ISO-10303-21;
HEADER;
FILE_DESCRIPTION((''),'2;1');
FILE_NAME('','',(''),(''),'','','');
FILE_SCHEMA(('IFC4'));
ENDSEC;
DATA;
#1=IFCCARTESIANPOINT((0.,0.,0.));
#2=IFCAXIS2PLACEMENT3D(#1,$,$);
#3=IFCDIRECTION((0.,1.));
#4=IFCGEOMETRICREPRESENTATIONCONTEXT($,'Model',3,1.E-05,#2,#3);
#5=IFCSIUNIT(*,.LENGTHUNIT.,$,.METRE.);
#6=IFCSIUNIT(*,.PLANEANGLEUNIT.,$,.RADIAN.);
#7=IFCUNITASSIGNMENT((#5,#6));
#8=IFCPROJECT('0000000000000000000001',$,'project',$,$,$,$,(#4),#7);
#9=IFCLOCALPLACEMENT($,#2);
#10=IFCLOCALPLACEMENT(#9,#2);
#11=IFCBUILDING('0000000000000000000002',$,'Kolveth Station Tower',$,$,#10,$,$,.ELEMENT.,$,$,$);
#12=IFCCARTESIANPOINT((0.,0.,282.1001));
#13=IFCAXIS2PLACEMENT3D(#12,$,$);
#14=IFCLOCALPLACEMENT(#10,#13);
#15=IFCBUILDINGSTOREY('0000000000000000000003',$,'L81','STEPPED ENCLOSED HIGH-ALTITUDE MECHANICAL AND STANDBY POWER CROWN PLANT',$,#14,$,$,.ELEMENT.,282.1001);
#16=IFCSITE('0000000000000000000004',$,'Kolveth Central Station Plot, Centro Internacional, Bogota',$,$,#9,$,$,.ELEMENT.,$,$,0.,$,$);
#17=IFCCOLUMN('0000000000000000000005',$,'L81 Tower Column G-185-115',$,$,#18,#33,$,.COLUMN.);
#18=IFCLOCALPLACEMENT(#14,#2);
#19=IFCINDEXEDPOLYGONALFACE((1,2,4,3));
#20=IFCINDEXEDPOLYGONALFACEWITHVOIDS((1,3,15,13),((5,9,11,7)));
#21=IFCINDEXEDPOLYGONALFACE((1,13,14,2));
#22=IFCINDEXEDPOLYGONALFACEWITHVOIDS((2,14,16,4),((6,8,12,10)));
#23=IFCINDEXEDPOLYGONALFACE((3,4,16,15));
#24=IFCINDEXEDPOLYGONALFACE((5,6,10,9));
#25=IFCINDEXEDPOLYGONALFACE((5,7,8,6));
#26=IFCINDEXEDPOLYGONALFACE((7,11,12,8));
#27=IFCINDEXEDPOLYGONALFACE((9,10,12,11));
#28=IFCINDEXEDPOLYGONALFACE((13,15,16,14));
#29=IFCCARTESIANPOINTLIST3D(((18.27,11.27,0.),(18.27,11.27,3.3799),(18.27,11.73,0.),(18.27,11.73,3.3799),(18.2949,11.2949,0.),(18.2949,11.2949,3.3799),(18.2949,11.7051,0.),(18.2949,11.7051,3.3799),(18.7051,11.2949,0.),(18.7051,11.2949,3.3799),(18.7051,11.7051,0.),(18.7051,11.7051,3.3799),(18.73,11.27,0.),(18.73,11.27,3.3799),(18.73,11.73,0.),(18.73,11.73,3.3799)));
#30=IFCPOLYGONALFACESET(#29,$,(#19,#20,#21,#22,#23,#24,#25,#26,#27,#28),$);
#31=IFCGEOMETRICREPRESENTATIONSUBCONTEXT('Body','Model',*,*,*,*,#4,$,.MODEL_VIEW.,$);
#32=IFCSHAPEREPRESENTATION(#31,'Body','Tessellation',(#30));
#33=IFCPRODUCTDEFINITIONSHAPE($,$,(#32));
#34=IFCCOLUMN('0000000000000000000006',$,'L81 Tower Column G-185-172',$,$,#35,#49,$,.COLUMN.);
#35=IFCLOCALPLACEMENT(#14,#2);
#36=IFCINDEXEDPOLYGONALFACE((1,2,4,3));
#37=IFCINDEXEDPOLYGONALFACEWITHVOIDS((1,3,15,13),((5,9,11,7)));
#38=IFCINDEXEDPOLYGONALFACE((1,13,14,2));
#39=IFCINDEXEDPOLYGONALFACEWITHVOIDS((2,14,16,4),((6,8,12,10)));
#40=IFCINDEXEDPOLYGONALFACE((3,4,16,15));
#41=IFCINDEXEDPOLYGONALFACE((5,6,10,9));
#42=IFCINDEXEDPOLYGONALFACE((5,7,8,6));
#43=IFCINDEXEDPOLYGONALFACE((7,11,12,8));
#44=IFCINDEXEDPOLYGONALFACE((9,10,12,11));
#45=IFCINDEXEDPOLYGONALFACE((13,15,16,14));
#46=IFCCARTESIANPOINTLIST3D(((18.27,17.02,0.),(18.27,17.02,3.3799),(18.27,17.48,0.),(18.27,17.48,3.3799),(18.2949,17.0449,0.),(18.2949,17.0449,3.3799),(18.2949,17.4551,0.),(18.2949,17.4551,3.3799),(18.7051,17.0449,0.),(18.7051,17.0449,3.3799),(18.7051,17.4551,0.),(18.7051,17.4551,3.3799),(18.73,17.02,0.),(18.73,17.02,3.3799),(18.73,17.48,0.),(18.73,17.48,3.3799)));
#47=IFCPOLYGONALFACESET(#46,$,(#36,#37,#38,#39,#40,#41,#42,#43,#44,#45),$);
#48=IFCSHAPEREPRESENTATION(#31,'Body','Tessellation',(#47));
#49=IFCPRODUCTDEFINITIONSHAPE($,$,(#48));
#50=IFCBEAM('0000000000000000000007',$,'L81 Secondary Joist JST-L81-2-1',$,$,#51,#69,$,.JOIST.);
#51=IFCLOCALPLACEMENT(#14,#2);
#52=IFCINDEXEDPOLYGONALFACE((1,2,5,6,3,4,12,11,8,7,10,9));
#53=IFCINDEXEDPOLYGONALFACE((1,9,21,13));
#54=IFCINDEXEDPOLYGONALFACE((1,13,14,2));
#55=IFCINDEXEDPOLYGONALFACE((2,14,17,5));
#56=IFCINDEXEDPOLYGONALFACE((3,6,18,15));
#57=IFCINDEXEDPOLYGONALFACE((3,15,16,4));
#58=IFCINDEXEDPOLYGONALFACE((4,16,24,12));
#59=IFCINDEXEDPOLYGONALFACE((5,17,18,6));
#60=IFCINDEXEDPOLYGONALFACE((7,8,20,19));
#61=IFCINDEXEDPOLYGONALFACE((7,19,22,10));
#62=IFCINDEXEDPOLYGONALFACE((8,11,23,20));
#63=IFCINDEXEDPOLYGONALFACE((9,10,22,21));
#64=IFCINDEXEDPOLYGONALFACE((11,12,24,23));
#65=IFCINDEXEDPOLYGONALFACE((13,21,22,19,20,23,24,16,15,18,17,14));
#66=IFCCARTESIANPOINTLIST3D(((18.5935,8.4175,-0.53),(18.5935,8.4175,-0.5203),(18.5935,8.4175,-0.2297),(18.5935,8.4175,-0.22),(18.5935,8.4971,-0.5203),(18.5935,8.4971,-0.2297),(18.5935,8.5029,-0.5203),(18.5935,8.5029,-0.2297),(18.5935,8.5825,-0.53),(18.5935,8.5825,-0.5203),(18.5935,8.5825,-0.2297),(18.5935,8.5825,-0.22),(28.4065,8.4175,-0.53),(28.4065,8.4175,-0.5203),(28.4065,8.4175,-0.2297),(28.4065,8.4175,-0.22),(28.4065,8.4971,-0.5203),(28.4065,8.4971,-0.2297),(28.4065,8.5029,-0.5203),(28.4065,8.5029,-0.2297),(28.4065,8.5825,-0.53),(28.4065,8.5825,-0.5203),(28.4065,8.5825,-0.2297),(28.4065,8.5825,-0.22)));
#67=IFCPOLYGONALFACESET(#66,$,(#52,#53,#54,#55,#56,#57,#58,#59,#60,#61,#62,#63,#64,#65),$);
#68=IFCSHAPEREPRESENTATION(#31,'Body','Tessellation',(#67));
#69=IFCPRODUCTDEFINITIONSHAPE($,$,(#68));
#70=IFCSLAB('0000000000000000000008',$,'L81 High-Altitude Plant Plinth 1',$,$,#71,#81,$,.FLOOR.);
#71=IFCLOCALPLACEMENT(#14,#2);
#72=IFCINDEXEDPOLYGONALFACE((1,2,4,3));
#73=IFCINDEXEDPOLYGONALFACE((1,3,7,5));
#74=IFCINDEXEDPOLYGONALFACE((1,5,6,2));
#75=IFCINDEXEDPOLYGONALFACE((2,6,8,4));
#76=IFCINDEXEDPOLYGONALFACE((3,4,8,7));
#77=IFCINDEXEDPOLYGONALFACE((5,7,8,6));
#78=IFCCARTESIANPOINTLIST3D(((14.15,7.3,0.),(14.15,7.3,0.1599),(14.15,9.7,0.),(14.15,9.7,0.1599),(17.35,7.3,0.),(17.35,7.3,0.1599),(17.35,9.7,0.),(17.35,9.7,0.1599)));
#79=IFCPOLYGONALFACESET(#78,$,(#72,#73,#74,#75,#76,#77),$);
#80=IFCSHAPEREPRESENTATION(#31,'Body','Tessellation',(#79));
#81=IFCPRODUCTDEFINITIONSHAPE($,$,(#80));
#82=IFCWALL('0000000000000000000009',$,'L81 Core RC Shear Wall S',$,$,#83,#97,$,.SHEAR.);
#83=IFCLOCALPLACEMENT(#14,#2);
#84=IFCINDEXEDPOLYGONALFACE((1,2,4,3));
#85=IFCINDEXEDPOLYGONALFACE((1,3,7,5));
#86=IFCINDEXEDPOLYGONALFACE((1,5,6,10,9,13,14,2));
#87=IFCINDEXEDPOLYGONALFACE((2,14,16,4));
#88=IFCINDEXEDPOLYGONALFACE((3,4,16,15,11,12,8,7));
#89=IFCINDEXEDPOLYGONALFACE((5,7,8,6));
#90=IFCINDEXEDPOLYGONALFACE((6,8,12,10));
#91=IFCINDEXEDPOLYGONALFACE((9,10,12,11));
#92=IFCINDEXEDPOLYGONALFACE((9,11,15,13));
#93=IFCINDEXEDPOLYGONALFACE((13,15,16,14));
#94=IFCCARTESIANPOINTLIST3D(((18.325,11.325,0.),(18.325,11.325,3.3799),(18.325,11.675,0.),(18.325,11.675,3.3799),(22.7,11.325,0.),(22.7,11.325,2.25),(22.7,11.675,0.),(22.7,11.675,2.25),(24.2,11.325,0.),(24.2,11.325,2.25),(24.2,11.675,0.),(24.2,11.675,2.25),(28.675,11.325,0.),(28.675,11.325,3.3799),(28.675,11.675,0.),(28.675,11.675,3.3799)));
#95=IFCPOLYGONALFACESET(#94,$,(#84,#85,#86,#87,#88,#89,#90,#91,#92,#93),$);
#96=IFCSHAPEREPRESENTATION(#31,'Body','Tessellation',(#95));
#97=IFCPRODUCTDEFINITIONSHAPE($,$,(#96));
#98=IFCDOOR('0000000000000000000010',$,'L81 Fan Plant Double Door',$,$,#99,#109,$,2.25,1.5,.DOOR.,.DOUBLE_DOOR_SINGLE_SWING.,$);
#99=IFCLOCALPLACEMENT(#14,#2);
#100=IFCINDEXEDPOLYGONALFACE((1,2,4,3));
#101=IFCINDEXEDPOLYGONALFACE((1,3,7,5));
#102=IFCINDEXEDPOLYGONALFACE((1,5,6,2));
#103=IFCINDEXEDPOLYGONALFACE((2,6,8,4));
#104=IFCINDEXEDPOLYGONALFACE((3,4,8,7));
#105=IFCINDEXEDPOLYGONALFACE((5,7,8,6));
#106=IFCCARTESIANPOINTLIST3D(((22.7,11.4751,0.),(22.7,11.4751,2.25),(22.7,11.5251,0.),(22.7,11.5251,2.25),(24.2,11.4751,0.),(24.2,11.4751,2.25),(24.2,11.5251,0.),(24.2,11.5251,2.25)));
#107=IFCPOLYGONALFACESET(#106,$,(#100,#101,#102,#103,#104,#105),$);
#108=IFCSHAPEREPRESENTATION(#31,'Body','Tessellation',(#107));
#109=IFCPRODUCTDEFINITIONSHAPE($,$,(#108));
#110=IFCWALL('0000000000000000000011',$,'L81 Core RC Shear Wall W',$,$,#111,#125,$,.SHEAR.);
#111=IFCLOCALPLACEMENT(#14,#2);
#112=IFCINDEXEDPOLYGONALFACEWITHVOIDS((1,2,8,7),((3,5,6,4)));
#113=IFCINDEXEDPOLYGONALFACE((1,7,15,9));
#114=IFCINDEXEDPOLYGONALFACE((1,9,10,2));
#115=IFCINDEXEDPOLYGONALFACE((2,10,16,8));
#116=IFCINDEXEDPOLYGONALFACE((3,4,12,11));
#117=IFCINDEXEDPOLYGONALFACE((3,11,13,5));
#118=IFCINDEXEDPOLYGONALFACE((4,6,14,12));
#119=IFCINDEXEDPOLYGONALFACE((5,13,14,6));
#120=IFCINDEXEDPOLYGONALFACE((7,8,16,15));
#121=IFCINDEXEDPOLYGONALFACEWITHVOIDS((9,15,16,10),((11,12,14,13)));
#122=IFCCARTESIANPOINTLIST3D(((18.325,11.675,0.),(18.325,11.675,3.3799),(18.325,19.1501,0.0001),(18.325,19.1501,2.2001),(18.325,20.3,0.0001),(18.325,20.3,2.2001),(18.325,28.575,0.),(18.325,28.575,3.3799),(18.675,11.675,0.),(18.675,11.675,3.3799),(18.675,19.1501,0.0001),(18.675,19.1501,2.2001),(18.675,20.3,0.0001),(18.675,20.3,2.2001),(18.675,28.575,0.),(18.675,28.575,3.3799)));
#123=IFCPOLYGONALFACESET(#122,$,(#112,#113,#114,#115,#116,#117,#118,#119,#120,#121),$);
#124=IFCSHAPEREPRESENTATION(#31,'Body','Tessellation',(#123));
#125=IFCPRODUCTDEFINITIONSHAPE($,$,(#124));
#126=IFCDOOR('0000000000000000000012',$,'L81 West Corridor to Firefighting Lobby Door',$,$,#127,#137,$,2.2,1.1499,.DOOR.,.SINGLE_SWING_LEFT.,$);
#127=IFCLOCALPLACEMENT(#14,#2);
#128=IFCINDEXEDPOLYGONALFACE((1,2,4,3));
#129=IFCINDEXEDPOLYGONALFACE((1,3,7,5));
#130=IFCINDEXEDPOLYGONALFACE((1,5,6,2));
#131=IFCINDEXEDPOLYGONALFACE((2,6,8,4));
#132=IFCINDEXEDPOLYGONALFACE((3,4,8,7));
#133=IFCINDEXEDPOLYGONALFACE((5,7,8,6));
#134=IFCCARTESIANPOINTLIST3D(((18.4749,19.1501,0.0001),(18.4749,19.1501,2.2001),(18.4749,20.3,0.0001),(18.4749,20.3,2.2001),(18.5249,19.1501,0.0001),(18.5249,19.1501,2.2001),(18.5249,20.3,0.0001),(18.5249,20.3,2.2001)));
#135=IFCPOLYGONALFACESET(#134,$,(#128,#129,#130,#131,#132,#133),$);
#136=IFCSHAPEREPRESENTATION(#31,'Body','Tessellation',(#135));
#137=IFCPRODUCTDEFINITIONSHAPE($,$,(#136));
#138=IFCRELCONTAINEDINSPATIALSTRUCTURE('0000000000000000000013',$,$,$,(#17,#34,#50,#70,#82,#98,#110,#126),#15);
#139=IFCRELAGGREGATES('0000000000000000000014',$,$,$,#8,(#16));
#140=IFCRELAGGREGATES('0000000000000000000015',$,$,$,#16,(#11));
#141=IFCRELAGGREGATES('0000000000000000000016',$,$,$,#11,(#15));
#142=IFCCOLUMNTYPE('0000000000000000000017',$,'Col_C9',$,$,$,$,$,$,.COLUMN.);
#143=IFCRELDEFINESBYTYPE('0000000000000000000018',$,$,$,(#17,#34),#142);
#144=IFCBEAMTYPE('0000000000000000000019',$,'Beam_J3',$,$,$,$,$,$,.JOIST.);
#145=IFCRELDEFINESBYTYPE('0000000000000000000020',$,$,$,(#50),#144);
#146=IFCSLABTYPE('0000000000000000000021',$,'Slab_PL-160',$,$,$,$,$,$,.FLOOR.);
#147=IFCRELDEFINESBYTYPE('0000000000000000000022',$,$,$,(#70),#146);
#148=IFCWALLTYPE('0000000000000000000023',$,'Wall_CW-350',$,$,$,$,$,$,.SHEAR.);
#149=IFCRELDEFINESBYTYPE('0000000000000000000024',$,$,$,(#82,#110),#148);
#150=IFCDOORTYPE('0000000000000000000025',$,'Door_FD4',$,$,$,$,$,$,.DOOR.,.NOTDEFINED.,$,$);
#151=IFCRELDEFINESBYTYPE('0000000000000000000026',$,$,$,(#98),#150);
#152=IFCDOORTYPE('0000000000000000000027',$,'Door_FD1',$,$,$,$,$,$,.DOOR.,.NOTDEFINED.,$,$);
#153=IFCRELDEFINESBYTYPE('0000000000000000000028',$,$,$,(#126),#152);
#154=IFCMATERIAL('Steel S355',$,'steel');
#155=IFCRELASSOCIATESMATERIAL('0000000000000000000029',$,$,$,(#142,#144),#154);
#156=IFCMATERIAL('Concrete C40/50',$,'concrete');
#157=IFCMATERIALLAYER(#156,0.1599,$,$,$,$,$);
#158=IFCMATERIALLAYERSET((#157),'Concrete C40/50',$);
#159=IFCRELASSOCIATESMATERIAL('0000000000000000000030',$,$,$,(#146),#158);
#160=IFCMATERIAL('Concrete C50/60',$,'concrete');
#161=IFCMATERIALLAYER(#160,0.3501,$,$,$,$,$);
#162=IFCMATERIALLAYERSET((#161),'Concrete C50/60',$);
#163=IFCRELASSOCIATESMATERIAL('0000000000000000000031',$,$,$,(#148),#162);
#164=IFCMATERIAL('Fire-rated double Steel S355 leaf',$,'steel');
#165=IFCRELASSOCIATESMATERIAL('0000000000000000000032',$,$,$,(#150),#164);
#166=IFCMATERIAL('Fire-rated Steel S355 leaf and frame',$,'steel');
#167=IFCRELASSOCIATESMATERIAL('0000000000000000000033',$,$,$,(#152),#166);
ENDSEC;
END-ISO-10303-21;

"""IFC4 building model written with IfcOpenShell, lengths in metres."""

from ifc_helpers import new_model, si_unit, direction, frame, frame_2d, origin, origin_2d, place, context, subcontext, project, spatial, rectangle, hollow_rectangle, i_section, extrude, source, transform, mapped, material, layer, layer_set, material_profile, profile_set, type_object, element, fill, save


model = new_model("IFC4")

# Units and contexts
model_context = context("Model", 3, precision=1e-05, world=origin(), true_north=direction((0.0, 1.0)))
body_context = subcontext(model_context, "Body", "Model", "MODEL_VIEW")
ifc_project = project(units=[si_unit("LENGTHUNIT", "METRE"), si_unit("PLANEANGLEUNIT", "RADIAN")], contexts=[model_context])

# Site, building, storey
site_placement = place(None, origin())
site = spatial("IfcSite", under=ifc_project, at=site_placement, Name="Kolveth Central Station Plot, Centro Internacional, Bogota", CompositionType="ELEMENT", RefElevation=0.0)
building_placement = place(site_placement, origin())
building = spatial("IfcBuilding", under=site, at=building_placement, Name="Kolveth Station Tower", CompositionType="ELEMENT")
storey_placement = place(building_placement, frame((0.0, 0.0, 282.1001)))
storey = spatial("IfcBuildingStorey", under=building, at=storey_placement, Name="L81", Description="STEPPED ENCLOSED HIGH-ALTITUDE MECHANICAL AND STANDBY POWER CROWN PLANT", CompositionType="ELEMENT", Elevation=282.1001)

# Columns
ifc_material_1 = material(Name="Steel S355", Category="steel")
ifc_material_profile_1 = material_profile(ifc_material_1, hollow_rectangle(XDim=0.46, YDim=0.46, WallThickness=0.0249, at=origin_2d()), Name="BOX460x460x25")
ifc_profile_set_1 = profile_set([ifc_material_profile_1], Name="Steel S355")
column_type = type_object("IfcColumnType", Name="Col_C9", PredefinedType="COLUMN", material=ifc_profile_set_1)
shared_shape_1 = source(origin(), body_context, "Body", "SweptSolid", [
    extrude(hollow_rectangle(XDim=0.46, YDim=0.46, WallThickness=0.0249, at=origin_2d()), origin(), (0.0, 0.0, 1.0), 3.3799),
])
for number, where, z_axis, x_axis, name in (
    (1, (18.5, 11.5, 0.0), (0.0, 0.0, 1.0), (1.0, 0.0, 0.0), "L81 Tower Column G-185-115"),
    (2, (18.5, 17.25, 0.0), (0.0, 0.0, 1.0), (1.0, 0.0, 0.0), "L81 Tower Column G-185-172"),
):
    element("IfcColumn", number, at=place(storey_placement, frame(where, z_axis=z_axis, x_axis=x_axis)), inside=storey, type_object=column_type, Name=name, PredefinedType="COLUMN", context=body_context, shape_type="MappedRepresentation", body=[
        mapped(shared_shape_1, transform((0.0, 0.0, 0.0), x_axis=(1.0, 0.0, 0.0), y_axis=(0.0, 1.0, 0.0), z_axis=(0.0, 0.0, 1.0), scale=1.0)),
    ])

# Beam
ifc_material_profile_2 = material_profile(ifc_material_1, i_section(OverallWidth=0.165, OverallDepth=0.3101, WebThickness=0.0059, FlangeThickness=0.0098, at=origin_2d()), Name="W310x39")
ifc_profile_set_2 = profile_set([ifc_material_profile_2], Name="Steel S355")
beam_type = type_object("IfcBeamType", Name="Beam_J3", PredefinedType="JOIST", material=ifc_profile_set_2)
shared_shape_2 = source(origin(), body_context, "Body", "SweptSolid", [
    extrude(i_section(OverallWidth=0.165, OverallDepth=0.3101, WebThickness=0.0059, FlangeThickness=0.0098, at=origin_2d()), origin(), (0.0, 0.0, 1.0), 9.813),
])
beam_placement = place(storey_placement, frame((18.5935, 8.5, -0.375), z_axis=(1.0, 0.0, 0.0), x_axis=(0.0, 1.0, 0.0)))
element("IfcBeam", 3, at=beam_placement, inside=storey, type_object=beam_type, Name="L81 Secondary Joist JST-L81-2-1", PredefinedType="JOIST", context=body_context, shape_type="MappedRepresentation", body=[
    mapped(shared_shape_2, transform((0.0, 0.0, 0.0), x_axis=(1.0, 0.0, 0.0), y_axis=(0.0, 1.0, 0.0), z_axis=(0.0, 0.0, 1.0), scale=1.0)),
])

# Slab
ifc_material_2 = material(Name="Concrete C40/50", Category="concrete")
ifc_layer_1 = layer(ifc_material_2, 0.1599)
ifc_layer_set_1 = layer_set([ifc_layer_1], Name="Concrete C40/50")
slab_type = type_object("IfcSlabType", Name="Slab_PL-160", PredefinedType="FLOOR", material=ifc_layer_set_1)
shared_shape_3 = source(origin(), body_context, "Body", "SweptSolid", [
    extrude(rectangle(XDim=3.2, YDim=2.3999, at=origin_2d()), origin(), (0.0, 0.0, 1.0), 0.1599),
])
slab_placement = place(storey_placement, frame((15.75, 8.5, 0.0), z_axis=(0.0, 0.0, 1.0), x_axis=(1.0, 0.0, 0.0)))
element("IfcSlab", 4, at=slab_placement, inside=storey, type_object=slab_type, Name="L81 High-Altitude Plant Plinth 1", PredefinedType="FLOOR", context=body_context, shape_type="MappedRepresentation", body=[
    mapped(shared_shape_3, transform((0.0, 0.0, 0.0), x_axis=(1.0, 0.0, 0.0), y_axis=(0.0, 1.0, 0.0), z_axis=(0.0, 0.0, 1.0), scale=1.0)),
])

# Walls, openings, doors
ifc_material_3 = material(Name="Concrete C50/60", Category="concrete")
ifc_layer_2 = layer(ifc_material_3, 0.3501)
ifc_layer_set_2 = layer_set([ifc_layer_2], Name="Concrete C50/60")
wall_type_1 = type_object("IfcWallType", Name="Wall_CW-350", PredefinedType="SHEAR", material=ifc_layer_set_2)
wall_1_placement = place(storey_placement, frame((18.325, 11.5, 0.0), z_axis=(0.0, 0.0, 1.0), x_axis=(1.0, 0.0, 0.0)))
wall_1 = element("IfcWall", 5, at=wall_1_placement, inside=storey, type_object=wall_type_1, Name="L81 Core RC Shear Wall S", PredefinedType="SHEAR", context=body_context, shape_type="SweptSolid", body=[
    extrude(rectangle(XDim=10.3501, YDim=0.3501, at=frame_2d((5.175, 0.0))), origin(), (0.0, 0.0, 1.0), 3.3799),
])
opening_1_placement = place(wall_1_placement, frame((4.375, 0.0, 0.0)))
opening_1 = element("IfcOpeningElement", 6, at=opening_1_placement, cuts=wall_1, PredefinedType="OPENING", context=body_context, shape_type="SweptSolid", body=[
    extrude(rectangle(XDim=1.5, YDim=2.25, at=frame_2d((0.75, 1.125))), frame((0.0, 0.1851, 0.0), z_axis=(0.0, -1.0, 0.0), x_axis=(1.0, 0.0, 0.0)), (0.0, 0.0, 1.0), 0.3701),
])
ifc_material_4 = material(Name="Fire-rated double Steel S355 leaf", Category="steel")
door_type_1 = type_object("IfcDoorType", Name="Door_FD4", OperationType="NOTDEFINED", PredefinedType="DOOR", material=ifc_material_4)
door_1_placement = place(opening_1_placement, frame((1.5, 0.0, 0.0), z_axis=(0.0, 0.0, 1.0), x_axis=(-1.0, 0.0, 0.0)))
door_1 = element("IfcDoor", 7, at=door_1_placement, inside=storey, type_object=door_type_1, Name="L81 Fan Plant Double Door", OperationType="DOUBLE_DOOR_SINGLE_SWING", OverallHeight=2.25, OverallWidth=1.5, PredefinedType="DOOR", context=body_context, shape_type="SweptSolid", body=[
    extrude(rectangle(XDim=1.5, YDim=2.25, at=frame_2d((0.75, 1.125))), frame((0.0, 0.0249, 0.0), z_axis=(0.0, -1.0, 0.0), x_axis=(1.0, 0.0, 0.0)), (0.0, 0.0, 1.0), 0.05),
])
fill(opening_1, door_1)
wall_2_placement = place(storey_placement, frame((18.5, 11.675, 0.0), z_axis=(0.0, 0.0, 1.0), x_axis=(0.0, 1.0, 0.0)))
wall_2 = element("IfcWall", 8, at=wall_2_placement, inside=storey, type_object=wall_type_1, Name="L81 Core RC Shear Wall W", PredefinedType="SHEAR", context=body_context, shape_type="SweptSolid", body=[
    extrude(rectangle(XDim=16.8999, YDim=0.3501, at=frame_2d((8.45, 0.0))), origin(), (0.0, 0.0, 1.0), 3.3799),
])
opening_2_placement = place(wall_2_placement, frame((7.4751, 0.0, 0.0)))
opening_2 = element("IfcOpeningElement", 9, at=opening_2_placement, cuts=wall_2, PredefinedType="OPENING", context=body_context, shape_type="SweptSolid", body=[
    extrude(rectangle(XDim=1.1499, YDim=2.2, at=frame_2d((0.575, 1.1001))), frame((0.0, 0.1851, 0.0), z_axis=(0.0, -1.0, 0.0), x_axis=(1.0, 0.0, 0.0)), (0.0, 0.0, 1.0), 0.3701),
])
ifc_material_5 = material(Name="Fire-rated Steel S355 leaf and frame", Category="steel")
door_type_2 = type_object("IfcDoorType", Name="Door_FD1", OperationType="NOTDEFINED", PredefinedType="DOOR", material=ifc_material_5)
door_2_placement = place(opening_2_placement, frame((1.1499, 0.0, 0.0), z_axis=(0.0, 0.0, 1.0), x_axis=(-1.0, 0.0, 0.0)))
door_2 = element("IfcDoor", 10, at=door_2_placement, inside=storey, type_object=door_type_2, Name="L81 West Corridor to Firefighting Lobby Door", OperationType="SINGLE_SWING_LEFT", OverallHeight=2.2, OverallWidth=1.1499, PredefinedType="DOOR", context=body_context, shape_type="SweptSolid", body=[
    extrude(rectangle(XDim=1.1499, YDim=2.2, at=frame_2d((0.575, 1.1001))), frame((0.0, 0.0249, 0.0), z_axis=(0.0, -1.0, 0.0), x_axis=(1.0, 0.0, 0.0)), (0.0, 0.0, 1.0), 0.05),
])
fill(opening_2, door_2)

save(model, "model.ifc")
